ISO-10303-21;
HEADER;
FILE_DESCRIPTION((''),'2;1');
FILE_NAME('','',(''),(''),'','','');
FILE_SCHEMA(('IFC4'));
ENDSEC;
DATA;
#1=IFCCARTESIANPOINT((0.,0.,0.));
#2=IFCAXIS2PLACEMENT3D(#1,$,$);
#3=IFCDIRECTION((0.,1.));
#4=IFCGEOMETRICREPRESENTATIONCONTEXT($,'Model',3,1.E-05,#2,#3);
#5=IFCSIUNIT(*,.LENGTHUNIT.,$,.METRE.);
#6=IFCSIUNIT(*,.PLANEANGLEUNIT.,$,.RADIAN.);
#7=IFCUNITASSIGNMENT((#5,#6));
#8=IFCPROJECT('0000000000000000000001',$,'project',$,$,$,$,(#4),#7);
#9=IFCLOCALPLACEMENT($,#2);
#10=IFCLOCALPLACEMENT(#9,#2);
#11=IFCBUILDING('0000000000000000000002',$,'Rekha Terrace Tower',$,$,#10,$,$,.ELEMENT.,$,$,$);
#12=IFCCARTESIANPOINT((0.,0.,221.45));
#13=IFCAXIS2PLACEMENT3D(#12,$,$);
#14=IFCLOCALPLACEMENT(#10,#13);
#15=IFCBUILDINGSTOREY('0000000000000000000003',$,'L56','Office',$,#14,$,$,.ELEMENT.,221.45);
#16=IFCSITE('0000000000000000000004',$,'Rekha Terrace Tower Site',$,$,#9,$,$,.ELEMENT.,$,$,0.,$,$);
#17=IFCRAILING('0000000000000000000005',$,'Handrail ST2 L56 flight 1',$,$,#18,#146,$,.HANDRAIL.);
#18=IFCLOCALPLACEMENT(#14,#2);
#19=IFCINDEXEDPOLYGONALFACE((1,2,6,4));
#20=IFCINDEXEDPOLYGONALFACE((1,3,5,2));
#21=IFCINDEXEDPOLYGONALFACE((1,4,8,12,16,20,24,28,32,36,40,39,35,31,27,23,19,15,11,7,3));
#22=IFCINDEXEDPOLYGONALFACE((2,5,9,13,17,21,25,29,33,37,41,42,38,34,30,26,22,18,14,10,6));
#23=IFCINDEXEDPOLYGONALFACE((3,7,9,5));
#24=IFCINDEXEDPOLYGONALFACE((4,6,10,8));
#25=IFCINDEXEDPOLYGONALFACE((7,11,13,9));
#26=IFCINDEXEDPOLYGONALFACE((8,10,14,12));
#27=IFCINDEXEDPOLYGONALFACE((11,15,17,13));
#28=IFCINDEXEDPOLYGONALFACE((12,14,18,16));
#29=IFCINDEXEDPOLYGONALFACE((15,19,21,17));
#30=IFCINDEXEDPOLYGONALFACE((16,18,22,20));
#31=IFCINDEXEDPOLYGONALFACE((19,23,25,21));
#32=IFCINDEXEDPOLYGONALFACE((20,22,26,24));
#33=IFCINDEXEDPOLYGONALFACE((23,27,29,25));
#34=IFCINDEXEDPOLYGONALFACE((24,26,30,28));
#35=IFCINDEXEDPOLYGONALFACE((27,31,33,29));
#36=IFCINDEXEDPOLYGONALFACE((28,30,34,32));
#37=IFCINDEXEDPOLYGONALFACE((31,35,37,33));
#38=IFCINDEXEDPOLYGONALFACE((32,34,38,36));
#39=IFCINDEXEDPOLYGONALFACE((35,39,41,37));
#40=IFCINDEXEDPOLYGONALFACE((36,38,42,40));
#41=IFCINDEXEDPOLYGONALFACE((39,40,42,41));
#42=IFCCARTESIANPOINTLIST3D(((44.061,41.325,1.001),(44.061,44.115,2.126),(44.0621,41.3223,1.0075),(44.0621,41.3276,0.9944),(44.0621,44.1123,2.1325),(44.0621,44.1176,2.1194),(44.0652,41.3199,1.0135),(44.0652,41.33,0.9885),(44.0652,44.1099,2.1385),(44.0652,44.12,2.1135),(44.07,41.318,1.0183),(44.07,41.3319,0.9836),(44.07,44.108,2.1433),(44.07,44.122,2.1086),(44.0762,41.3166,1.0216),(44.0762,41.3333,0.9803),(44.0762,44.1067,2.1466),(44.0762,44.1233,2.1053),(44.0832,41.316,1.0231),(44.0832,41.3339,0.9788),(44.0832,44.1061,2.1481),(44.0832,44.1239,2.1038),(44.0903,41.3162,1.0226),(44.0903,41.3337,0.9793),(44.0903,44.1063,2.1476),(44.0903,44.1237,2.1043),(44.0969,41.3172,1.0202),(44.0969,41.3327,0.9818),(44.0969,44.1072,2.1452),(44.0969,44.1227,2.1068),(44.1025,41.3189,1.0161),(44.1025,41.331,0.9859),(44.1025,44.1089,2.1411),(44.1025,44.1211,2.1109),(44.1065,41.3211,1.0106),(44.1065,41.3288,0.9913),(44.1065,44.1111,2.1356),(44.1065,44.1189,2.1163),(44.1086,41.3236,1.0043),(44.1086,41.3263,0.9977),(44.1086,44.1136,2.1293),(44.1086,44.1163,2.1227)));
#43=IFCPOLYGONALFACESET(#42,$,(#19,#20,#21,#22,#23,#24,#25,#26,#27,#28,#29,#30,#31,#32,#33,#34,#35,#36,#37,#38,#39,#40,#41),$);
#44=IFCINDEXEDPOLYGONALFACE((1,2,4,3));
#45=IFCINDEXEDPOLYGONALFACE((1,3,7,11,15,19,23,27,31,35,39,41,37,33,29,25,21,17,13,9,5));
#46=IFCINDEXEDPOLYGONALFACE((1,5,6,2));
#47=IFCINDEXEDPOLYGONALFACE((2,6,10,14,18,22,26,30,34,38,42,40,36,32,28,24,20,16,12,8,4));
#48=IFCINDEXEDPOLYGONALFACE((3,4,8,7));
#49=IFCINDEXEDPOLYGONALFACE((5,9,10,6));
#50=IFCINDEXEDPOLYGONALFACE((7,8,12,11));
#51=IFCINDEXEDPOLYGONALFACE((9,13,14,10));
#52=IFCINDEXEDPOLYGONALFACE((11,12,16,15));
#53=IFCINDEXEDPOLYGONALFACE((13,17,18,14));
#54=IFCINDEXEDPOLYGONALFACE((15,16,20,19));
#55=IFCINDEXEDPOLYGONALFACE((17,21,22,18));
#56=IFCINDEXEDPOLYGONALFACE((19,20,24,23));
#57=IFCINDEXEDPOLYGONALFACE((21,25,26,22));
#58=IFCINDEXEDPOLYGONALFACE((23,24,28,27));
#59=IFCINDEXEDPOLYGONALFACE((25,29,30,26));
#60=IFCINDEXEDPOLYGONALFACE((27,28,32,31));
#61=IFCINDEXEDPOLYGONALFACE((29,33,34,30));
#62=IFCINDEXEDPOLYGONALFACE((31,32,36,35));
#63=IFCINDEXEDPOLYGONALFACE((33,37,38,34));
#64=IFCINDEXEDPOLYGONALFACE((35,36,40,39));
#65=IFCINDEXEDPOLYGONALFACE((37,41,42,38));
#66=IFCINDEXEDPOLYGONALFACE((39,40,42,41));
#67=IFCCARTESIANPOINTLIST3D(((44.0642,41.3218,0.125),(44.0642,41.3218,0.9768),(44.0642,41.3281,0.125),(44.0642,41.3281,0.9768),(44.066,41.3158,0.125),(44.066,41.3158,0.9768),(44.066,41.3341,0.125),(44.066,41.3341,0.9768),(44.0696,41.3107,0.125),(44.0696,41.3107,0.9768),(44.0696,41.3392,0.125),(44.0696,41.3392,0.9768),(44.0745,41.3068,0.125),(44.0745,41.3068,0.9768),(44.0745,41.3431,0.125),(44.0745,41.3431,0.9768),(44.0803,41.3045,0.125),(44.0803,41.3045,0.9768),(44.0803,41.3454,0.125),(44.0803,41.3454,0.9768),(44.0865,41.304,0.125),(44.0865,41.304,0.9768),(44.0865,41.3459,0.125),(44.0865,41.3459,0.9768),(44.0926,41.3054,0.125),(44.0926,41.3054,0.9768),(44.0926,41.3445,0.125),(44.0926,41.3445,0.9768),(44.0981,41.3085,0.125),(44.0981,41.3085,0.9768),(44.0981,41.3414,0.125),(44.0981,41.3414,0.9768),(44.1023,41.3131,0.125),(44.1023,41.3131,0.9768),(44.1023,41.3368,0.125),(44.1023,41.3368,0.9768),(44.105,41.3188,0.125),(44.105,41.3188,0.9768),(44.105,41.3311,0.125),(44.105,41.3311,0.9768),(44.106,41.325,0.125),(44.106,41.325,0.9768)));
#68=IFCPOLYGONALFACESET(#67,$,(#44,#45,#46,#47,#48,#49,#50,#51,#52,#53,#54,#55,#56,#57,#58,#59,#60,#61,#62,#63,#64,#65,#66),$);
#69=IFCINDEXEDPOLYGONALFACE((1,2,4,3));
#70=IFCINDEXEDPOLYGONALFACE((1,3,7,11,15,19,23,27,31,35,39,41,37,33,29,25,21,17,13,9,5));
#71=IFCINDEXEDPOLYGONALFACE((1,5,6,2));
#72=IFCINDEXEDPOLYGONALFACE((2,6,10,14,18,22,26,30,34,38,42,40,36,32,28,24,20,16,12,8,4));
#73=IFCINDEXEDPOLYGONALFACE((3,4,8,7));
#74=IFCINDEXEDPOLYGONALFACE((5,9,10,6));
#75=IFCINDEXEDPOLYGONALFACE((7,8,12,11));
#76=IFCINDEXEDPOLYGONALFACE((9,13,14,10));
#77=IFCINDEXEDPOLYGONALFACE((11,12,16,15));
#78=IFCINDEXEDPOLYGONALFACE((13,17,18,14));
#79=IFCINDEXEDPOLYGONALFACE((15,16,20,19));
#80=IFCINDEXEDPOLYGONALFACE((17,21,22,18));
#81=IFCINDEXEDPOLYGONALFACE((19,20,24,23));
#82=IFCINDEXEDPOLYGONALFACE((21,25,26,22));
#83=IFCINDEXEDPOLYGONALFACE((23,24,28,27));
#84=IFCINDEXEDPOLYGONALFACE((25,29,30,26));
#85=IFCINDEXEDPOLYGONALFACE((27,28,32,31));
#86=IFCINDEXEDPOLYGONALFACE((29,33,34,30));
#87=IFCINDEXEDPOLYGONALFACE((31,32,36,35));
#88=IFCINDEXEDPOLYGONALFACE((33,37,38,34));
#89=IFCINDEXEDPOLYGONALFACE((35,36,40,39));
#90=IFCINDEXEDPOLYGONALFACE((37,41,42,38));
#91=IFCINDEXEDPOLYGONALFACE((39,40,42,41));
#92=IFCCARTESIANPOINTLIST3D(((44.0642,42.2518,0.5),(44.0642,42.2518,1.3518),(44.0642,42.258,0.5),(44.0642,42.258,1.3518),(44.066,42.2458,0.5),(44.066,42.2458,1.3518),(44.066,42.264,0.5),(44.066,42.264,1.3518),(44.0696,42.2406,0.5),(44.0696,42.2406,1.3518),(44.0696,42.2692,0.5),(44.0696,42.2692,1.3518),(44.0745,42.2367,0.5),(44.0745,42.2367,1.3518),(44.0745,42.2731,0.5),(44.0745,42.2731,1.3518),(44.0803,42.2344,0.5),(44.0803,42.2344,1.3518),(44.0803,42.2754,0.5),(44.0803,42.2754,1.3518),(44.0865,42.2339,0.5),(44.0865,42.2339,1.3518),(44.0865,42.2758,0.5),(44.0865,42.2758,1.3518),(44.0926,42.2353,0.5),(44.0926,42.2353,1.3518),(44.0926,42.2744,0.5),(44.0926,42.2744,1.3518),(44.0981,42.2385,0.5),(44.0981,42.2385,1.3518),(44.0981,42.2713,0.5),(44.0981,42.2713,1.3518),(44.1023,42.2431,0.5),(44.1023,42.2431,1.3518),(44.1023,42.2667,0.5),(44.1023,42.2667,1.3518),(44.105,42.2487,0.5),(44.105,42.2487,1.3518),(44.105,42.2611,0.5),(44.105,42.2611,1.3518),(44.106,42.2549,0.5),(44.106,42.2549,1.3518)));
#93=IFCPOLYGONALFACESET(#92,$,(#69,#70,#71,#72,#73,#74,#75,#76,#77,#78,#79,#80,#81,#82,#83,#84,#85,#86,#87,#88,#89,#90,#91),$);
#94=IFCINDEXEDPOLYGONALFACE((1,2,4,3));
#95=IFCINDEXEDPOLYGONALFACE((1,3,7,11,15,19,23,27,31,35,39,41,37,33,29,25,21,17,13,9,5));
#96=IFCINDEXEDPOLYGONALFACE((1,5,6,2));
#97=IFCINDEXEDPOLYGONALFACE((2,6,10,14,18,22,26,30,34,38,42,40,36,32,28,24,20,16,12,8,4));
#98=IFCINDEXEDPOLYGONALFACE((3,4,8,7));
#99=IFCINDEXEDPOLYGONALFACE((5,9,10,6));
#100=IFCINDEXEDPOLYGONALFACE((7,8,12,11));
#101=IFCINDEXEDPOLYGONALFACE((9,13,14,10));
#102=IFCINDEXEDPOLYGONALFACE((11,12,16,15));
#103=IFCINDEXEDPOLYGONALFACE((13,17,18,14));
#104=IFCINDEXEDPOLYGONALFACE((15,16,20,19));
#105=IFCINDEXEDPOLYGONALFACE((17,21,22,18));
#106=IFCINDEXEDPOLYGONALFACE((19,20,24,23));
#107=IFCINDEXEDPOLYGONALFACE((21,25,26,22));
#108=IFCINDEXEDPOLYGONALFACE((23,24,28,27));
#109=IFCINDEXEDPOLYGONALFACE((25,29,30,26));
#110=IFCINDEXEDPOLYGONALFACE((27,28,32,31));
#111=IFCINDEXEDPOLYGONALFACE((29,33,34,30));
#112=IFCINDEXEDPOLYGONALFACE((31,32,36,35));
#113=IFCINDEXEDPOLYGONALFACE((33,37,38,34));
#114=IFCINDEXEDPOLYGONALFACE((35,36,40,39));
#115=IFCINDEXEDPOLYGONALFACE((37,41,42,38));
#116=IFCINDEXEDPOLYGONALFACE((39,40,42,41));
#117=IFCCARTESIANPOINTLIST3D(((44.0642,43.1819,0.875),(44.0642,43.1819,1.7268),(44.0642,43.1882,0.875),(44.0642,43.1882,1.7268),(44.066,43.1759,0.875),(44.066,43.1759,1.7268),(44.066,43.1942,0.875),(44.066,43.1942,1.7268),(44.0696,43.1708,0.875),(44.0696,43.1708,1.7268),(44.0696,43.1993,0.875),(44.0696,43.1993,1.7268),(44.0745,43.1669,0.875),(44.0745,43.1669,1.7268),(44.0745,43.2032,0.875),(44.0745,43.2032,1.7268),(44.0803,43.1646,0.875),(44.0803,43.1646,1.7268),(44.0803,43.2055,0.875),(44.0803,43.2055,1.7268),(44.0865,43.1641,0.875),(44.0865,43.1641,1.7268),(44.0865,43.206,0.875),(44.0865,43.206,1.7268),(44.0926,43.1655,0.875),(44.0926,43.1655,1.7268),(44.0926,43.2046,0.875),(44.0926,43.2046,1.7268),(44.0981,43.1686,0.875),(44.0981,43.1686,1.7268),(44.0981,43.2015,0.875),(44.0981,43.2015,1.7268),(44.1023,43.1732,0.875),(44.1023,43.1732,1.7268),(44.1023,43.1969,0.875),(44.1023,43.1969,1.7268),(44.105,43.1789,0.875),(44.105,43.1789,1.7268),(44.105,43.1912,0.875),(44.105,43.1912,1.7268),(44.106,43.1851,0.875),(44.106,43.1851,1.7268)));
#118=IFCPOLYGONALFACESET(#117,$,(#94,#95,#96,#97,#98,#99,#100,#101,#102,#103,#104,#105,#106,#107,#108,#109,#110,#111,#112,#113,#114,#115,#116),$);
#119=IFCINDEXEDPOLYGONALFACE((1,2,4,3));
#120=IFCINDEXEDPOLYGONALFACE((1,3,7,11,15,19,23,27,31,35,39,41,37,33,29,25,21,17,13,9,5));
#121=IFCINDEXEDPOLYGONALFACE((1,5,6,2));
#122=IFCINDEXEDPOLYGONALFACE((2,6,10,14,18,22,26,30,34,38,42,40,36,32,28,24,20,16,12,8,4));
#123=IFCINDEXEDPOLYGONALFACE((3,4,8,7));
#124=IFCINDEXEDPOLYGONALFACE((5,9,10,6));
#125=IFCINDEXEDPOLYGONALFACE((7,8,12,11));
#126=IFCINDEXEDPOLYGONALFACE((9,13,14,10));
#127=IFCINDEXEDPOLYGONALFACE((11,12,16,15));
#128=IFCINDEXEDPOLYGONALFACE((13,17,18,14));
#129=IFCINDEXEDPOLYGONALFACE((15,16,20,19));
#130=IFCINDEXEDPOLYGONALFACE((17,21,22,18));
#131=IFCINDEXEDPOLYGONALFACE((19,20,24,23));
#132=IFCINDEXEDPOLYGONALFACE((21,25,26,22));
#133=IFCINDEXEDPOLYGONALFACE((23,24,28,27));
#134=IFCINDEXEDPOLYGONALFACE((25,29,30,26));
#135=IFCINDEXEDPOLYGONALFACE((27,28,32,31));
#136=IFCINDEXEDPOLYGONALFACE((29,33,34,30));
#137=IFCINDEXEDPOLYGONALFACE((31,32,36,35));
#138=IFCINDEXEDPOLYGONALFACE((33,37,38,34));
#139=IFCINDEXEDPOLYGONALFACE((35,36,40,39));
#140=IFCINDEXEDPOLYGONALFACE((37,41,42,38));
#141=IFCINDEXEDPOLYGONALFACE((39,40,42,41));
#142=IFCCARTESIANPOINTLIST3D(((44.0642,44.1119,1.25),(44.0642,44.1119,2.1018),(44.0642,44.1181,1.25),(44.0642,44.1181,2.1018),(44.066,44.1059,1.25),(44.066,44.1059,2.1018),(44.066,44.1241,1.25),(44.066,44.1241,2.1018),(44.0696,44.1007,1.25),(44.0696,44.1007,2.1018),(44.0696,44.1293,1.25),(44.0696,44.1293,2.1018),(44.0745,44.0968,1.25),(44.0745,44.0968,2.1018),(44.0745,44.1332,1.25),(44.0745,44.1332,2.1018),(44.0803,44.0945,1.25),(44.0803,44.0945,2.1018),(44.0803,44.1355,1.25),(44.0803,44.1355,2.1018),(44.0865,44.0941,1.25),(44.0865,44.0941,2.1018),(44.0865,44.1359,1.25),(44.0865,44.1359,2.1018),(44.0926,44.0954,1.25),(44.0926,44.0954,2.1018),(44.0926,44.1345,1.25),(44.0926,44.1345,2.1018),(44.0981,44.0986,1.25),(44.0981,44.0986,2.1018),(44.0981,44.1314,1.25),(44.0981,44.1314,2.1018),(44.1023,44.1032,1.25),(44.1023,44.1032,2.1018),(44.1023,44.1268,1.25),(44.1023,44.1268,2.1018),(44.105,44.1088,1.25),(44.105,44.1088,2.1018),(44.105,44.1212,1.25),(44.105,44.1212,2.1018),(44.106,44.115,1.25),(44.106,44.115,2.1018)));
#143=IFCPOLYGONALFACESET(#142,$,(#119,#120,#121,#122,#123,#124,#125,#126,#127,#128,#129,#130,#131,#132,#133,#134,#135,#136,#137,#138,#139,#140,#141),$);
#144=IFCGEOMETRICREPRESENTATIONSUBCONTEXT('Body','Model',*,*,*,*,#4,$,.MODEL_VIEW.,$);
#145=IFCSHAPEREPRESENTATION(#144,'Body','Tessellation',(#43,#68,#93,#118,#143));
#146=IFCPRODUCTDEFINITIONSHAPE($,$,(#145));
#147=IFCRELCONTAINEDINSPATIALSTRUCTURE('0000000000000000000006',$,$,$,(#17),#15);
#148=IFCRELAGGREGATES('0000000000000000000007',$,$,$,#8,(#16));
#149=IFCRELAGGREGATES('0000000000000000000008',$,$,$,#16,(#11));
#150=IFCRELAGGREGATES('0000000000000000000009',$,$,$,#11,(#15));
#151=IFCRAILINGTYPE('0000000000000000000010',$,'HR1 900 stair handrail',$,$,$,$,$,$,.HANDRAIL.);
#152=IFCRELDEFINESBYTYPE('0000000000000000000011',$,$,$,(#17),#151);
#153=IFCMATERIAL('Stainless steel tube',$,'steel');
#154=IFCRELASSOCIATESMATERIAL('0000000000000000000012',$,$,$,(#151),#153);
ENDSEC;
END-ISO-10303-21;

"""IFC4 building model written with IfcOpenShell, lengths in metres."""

from ifc_helpers import new_model, si_unit, direction, frame, origin, origin_2d, place, context, subcontext, project, spatial, circle, extrude, material, type_object, element, save


model = new_model("IFC4")

# Units and contexts
model_context = context("Model", 3, precision=1e-05, world=origin(), true_north=direction((0.0, 1.0)))
body_context = subcontext(model_context, "Body", "Model", "MODEL_VIEW")
ifc_project = project(units=[si_unit("LENGTHUNIT", "METRE"), si_unit("PLANEANGLEUNIT", "RADIAN")], contexts=[model_context])

# Site, building, storey
site_placement = place(None, origin())
site = spatial("IfcSite", under=ifc_project, at=site_placement, Name="Rekha Terrace Tower Site", CompositionType="ELEMENT", RefElevation=0.0)
building_placement = place(site_placement, origin())
building = spatial("IfcBuilding", under=site, at=building_placement, Name="Rekha Terrace Tower", CompositionType="ELEMENT")
storey_placement = place(building_placement, frame((0.0, 0.0, 221.45)))
storey = spatial("IfcBuildingStorey", under=building, at=storey_placement, Name="L56", Description="Office", CompositionType="ELEMENT", Elevation=221.45)

# Railing
ifc_material_1 = material(Name="Stainless steel tube", Category="steel")
railing_type_1 = type_object("IfcRailingType", Name="HR1 900 stair handrail", PredefinedType="HANDRAIL", material=ifc_material_1)
railing_1_placement = place(storey_placement, frame((44.085, 41.325, 0.125)))
element("IfcRailing", 1, at=railing_1_placement, inside=storey, type_object=railing_type_1, Name="Handrail ST2 L56 flight 1", PredefinedType="HANDRAIL", context=body_context, shape_type="SweptSolid", body=[
    extrude(circle(Radius=0.0239, at=origin_2d()), frame((0.0, 0.0, 0.876), z_axis=(0.0, 0.927443, 0.373964), x_axis=(-1.0, 0.0, 0.0)), (0.0, 0.0, 1.0), 3.0083),
    extrude(circle(Radius=0.021, at=origin_2d()), origin(), (0.0, 0.0, 1.0), 0.8518),
    extrude(circle(Radius=0.021, at=origin_2d()), frame((0.0, 0.9299, 0.375)), (0.0, 0.0, 1.0), 0.8518),
    extrude(circle(Radius=0.021, at=origin_2d()), frame((0.0, 1.8601, 0.75)), (0.0, 0.0, 1.0), 0.8518),
    extrude(circle(Radius=0.021, at=origin_2d()), frame((0.0, 2.79, 1.125)), (0.0, 0.0, 1.0), 0.8518),
])

save(model, "model.ifc")
